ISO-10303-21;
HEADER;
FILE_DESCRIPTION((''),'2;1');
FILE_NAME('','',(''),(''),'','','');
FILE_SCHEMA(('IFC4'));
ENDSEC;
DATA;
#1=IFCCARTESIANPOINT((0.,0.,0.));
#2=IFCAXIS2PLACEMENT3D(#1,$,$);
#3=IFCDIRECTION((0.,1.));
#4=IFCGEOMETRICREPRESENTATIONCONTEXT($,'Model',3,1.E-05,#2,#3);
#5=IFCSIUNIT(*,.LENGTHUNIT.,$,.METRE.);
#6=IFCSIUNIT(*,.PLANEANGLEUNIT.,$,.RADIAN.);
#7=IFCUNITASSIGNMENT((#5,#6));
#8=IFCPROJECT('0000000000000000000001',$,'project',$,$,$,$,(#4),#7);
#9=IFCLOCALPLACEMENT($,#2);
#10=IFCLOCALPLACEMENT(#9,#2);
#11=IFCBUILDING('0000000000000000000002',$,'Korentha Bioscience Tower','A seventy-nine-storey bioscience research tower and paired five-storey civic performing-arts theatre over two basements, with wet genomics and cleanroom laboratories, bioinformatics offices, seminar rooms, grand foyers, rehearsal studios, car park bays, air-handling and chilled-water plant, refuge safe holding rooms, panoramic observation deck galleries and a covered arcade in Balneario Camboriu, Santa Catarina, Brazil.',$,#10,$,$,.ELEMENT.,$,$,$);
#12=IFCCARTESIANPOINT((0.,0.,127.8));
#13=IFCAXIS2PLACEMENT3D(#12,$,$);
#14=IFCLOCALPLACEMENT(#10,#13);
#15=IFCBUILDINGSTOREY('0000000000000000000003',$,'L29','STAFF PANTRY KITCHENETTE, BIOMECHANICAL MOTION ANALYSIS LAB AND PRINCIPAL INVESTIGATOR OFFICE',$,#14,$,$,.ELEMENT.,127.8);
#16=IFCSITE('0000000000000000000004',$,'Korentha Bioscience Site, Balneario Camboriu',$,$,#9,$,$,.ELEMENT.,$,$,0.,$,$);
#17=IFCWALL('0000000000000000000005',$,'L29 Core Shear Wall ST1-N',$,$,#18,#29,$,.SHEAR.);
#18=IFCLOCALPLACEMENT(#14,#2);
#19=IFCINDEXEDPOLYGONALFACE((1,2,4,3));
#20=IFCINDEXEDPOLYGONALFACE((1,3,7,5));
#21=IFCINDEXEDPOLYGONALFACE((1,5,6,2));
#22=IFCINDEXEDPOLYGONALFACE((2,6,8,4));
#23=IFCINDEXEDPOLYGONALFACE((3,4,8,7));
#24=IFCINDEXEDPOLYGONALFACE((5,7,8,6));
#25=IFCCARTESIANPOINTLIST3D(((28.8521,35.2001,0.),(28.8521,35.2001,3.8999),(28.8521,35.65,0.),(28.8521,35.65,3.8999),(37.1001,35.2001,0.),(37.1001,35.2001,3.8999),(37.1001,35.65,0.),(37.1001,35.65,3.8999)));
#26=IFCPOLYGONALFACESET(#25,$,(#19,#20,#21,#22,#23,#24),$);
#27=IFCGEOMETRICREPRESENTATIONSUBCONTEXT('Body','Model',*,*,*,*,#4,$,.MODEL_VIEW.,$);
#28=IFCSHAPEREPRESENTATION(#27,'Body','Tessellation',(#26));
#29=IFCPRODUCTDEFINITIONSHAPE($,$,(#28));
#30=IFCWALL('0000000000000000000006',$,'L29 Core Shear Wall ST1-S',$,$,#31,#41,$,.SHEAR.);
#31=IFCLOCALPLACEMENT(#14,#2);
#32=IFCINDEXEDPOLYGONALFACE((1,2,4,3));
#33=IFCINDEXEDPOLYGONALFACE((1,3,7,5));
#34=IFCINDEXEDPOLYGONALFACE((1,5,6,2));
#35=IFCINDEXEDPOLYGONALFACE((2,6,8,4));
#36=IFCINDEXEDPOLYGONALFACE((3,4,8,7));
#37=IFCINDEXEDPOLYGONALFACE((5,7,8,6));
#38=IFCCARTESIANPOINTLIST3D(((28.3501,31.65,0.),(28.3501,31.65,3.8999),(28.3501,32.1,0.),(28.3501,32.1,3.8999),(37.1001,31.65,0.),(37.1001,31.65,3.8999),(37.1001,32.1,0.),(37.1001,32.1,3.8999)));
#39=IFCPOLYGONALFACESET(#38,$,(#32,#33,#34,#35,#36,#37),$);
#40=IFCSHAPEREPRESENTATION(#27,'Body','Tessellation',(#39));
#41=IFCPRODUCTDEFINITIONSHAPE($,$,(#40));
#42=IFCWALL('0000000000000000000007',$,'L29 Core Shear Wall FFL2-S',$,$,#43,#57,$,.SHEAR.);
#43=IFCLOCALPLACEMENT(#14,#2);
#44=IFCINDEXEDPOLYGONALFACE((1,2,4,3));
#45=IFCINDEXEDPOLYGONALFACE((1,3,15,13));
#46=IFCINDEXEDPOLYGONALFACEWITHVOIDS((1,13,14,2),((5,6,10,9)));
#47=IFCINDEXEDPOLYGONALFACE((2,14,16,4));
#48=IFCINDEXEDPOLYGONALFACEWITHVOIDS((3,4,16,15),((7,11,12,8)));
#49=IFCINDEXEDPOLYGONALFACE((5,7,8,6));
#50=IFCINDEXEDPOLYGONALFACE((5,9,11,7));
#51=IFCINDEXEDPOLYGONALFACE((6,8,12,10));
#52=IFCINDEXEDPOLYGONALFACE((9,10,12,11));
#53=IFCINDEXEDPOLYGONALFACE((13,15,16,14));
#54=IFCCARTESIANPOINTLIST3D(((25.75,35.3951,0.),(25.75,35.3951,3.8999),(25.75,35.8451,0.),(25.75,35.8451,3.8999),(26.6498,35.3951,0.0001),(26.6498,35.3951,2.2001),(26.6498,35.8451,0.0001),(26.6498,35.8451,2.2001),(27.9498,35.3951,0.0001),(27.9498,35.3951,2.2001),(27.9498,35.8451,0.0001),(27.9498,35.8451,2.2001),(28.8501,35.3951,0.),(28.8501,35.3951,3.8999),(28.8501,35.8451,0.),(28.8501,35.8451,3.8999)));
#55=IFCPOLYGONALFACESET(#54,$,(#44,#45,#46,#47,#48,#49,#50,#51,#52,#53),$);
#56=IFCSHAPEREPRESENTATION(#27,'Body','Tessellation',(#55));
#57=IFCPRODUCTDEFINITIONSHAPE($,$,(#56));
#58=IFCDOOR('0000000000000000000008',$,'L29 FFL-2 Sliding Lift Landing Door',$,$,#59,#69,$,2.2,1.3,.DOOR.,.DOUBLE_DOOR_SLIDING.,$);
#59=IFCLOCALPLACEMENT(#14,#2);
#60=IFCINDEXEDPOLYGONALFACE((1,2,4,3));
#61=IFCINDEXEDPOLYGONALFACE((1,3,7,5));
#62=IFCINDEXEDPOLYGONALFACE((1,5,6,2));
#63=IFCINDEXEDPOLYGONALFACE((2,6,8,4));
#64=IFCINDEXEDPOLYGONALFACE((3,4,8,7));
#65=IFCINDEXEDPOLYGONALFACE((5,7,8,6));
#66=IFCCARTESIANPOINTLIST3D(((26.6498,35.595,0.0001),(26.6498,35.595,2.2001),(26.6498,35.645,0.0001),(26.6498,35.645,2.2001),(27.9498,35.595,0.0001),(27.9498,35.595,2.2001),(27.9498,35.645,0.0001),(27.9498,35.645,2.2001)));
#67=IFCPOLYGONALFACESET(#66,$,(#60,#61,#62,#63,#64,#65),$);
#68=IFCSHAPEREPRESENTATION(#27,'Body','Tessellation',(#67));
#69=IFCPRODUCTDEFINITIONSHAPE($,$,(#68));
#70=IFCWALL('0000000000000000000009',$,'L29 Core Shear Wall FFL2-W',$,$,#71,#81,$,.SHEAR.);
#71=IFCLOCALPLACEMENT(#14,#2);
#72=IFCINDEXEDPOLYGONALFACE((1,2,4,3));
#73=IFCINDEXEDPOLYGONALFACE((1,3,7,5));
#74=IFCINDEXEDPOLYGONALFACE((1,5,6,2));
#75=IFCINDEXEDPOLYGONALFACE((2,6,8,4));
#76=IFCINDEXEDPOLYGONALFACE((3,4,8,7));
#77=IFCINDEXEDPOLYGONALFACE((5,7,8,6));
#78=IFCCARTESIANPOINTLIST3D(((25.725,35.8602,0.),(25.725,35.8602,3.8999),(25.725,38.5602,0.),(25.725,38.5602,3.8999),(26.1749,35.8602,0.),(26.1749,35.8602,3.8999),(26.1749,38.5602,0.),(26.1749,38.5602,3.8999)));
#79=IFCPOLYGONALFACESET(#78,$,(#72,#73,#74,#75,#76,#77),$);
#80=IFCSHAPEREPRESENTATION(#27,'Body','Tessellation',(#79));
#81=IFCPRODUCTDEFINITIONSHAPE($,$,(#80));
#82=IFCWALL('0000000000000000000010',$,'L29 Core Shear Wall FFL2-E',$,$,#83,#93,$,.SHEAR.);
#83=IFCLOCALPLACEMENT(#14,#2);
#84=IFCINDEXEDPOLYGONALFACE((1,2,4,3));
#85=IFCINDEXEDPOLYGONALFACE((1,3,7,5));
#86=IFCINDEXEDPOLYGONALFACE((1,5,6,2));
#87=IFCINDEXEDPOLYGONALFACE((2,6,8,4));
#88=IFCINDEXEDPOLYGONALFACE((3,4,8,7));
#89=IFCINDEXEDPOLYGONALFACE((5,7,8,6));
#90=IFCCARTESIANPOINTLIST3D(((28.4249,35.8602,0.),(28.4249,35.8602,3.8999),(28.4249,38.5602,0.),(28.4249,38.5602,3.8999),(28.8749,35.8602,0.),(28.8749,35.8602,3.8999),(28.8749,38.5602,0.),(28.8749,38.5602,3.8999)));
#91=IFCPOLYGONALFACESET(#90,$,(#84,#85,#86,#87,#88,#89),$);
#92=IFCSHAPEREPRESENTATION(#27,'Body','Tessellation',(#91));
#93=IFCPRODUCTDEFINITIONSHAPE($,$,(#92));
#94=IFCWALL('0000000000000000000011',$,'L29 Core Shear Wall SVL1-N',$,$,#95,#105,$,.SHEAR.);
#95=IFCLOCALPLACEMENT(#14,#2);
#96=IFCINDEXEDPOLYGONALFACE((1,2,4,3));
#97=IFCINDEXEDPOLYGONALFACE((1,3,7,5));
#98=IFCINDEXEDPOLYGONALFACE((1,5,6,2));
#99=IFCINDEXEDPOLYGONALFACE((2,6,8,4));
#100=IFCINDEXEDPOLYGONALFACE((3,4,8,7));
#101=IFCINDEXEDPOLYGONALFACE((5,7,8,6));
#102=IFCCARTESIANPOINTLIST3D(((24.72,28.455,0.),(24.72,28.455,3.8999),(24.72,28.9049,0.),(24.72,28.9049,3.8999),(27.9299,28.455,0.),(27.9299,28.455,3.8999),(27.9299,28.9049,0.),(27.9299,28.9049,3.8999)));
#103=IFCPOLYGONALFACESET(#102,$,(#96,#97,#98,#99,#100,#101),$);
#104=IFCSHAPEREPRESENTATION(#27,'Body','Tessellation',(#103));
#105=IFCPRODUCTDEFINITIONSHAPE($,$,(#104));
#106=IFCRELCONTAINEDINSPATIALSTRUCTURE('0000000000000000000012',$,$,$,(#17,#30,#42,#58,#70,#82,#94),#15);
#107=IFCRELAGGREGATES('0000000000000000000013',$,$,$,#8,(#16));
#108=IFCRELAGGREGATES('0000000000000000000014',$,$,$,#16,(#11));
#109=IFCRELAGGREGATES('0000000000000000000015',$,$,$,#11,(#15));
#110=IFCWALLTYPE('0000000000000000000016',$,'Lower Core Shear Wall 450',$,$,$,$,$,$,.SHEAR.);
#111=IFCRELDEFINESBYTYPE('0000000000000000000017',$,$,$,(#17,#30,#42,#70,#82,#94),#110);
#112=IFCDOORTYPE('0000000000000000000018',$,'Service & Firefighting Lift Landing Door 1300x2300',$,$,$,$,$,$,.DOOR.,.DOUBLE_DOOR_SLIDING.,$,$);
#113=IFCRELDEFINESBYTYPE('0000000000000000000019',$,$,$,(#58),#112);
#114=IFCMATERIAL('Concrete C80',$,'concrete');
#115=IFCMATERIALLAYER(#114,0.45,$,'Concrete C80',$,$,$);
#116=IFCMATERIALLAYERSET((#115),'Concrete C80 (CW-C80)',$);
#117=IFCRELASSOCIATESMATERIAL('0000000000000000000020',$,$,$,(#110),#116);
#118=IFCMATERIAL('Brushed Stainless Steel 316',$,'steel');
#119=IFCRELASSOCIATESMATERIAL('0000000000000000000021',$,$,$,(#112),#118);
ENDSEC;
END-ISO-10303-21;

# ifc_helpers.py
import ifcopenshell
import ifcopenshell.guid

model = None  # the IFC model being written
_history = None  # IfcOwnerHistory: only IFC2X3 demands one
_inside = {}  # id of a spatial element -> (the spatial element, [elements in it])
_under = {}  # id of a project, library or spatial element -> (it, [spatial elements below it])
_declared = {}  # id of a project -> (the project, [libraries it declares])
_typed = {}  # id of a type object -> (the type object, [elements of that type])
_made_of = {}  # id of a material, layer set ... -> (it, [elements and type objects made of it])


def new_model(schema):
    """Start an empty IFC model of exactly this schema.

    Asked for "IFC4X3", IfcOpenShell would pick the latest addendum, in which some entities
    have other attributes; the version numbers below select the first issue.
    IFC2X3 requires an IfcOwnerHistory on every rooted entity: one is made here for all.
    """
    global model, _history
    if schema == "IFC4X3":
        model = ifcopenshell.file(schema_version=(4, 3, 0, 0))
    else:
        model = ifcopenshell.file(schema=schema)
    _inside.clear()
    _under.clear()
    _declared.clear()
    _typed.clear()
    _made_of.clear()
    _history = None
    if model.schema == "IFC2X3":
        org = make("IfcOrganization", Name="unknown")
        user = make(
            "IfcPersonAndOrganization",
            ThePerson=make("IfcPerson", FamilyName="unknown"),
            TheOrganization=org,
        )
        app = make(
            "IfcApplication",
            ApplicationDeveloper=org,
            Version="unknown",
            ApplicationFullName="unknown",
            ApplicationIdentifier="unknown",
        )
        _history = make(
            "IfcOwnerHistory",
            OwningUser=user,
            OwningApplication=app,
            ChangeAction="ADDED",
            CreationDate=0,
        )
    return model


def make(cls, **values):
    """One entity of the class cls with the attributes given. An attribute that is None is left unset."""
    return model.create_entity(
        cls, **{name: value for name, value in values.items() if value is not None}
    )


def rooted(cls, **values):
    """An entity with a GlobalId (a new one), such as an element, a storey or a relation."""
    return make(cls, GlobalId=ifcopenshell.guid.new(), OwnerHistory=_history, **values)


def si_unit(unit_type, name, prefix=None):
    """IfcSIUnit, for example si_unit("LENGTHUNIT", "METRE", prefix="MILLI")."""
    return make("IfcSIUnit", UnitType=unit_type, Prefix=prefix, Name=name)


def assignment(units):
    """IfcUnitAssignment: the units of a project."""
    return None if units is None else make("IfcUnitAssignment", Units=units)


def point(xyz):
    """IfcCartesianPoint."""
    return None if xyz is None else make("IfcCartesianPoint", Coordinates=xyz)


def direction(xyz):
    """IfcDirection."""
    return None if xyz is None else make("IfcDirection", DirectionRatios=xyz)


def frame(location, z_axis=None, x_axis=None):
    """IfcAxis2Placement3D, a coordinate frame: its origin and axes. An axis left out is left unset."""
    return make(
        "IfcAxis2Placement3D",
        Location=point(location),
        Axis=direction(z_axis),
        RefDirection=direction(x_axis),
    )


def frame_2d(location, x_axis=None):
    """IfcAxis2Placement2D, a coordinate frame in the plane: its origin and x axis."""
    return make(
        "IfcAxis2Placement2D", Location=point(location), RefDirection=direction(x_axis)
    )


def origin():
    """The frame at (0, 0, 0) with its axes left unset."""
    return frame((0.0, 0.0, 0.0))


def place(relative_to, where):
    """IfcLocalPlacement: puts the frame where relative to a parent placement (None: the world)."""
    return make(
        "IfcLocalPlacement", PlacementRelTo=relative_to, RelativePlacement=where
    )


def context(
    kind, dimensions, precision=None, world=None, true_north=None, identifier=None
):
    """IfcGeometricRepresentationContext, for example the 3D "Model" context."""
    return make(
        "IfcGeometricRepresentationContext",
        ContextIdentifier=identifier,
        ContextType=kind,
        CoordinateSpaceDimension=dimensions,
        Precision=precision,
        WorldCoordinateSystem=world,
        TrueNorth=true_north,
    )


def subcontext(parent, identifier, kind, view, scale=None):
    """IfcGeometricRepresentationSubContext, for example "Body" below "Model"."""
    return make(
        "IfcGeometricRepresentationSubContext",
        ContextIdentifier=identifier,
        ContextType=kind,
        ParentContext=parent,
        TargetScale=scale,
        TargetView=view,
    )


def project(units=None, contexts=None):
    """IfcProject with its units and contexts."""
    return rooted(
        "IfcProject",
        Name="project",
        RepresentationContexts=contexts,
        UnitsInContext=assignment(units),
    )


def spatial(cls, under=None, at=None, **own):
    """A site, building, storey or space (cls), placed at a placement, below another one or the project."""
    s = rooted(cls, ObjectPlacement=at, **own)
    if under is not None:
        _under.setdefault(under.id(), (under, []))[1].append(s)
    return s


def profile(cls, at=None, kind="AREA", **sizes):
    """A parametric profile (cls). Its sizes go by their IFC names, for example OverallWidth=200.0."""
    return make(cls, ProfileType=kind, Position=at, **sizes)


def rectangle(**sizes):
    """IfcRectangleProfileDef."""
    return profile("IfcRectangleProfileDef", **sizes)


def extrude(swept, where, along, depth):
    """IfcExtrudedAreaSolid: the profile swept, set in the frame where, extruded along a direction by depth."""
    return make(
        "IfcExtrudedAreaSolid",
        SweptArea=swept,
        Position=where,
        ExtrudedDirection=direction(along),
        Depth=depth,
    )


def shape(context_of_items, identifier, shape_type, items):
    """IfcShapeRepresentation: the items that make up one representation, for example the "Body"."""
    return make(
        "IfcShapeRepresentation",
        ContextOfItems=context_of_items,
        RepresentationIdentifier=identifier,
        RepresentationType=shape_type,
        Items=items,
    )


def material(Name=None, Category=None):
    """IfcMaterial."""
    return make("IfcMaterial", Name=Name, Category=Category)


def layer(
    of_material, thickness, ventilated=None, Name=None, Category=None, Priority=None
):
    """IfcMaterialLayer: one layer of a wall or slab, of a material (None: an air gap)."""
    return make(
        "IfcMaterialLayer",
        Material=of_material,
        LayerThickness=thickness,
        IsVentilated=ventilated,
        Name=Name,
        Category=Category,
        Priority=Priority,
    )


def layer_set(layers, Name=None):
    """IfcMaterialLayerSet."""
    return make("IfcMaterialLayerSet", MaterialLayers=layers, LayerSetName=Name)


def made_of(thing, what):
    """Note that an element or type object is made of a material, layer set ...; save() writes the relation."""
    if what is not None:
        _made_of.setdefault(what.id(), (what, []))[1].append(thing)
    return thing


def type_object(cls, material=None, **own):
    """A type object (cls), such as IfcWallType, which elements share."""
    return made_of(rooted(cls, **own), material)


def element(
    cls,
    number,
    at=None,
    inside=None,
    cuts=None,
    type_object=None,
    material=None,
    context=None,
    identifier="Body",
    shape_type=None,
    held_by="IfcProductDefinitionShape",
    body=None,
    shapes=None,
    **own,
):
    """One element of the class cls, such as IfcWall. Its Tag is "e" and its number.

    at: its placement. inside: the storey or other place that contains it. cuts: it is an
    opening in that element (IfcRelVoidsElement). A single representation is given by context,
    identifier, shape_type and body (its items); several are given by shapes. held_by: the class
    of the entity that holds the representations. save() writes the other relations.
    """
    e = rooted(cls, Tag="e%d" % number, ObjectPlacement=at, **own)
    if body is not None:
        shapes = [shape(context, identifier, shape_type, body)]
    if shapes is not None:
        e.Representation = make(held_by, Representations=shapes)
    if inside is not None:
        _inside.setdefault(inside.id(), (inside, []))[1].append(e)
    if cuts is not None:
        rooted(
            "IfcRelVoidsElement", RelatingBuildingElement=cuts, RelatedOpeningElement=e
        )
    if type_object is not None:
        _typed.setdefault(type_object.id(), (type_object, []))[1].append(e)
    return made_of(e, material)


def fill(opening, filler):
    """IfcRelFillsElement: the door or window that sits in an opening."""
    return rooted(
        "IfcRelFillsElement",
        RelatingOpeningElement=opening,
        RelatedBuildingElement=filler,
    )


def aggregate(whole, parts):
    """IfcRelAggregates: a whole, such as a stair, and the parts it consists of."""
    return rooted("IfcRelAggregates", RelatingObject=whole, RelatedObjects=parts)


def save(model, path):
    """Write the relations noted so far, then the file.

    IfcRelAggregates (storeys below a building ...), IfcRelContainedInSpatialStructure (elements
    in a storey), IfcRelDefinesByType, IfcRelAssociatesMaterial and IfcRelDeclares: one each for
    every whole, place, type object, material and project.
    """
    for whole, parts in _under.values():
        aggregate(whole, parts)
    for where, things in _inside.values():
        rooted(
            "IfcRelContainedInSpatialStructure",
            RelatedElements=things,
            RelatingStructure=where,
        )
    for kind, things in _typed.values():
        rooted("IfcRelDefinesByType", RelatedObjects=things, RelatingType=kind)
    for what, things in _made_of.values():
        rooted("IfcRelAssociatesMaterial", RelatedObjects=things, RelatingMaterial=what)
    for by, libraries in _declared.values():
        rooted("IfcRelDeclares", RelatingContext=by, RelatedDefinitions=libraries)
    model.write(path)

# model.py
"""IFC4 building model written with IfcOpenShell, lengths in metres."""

from ifc_helpers import new_model, si_unit, direction, frame, frame_2d, origin, place, context, subcontext, project, spatial, rectangle, extrude, material, layer, layer_set, type_object, element, fill, save


model = new_model("IFC4")

# Units and contexts
model_context = context("Model", 3, precision=1e-05, world=origin(), true_north=direction((0.0, 1.0)))
body_context = subcontext(model_context, "Body", "Model", "MODEL_VIEW")
ifc_project = project(units=[si_unit("LENGTHUNIT", "METRE"), si_unit("PLANEANGLEUNIT", "RADIAN")], contexts=[model_context])

# Site, building, storey
site_placement = place(None, origin())
site = spatial("IfcSite", under=ifc_project, at=site_placement, Name="Korentha Bioscience Site, Balneario Camboriu", CompositionType="ELEMENT", RefElevation=0.0)
building_placement = place(site_placement, origin())
building = spatial("IfcBuilding", under=site, at=building_placement, Name="Korentha Bioscience Tower", Description="A seventy-nine-storey bioscience research tower and paired five-storey civic performing-arts theatre over two basements, with wet genomics and cleanroom laboratories, bioinformatics offices, seminar rooms, grand foyers, rehearsal studios, car park bays, air-handling and chilled-water plant, refuge safe holding rooms, panoramic observation deck galleries and a covered arcade in Balneario Camboriu, Santa Catarina, Brazil.", CompositionType="ELEMENT")
storey_placement = place(building_placement, frame((0.0, 0.0, 127.8)))
storey = spatial("IfcBuildingStorey", under=building, at=storey_placement, Name="L29", Description="STAFF PANTRY KITCHENETTE, BIOMECHANICAL MOTION ANALYSIS LAB AND PRINCIPAL INVESTIGATOR OFFICE", CompositionType="ELEMENT", Elevation=127.8)

# Shared definitions
ifc_material_1 = material(Name="Concrete C80", Category="concrete")

# Walls
ifc_layer_1 = layer(ifc_material_1, 0.45, Name="Concrete C80")
ifc_layer_set_1 = layer_set([ifc_layer_1], Name="Concrete C80 (CW-C80)")
wall_type_1 = type_object("IfcWallType", Name="Lower Core Shear Wall 450", PredefinedType="SHEAR", material=ifc_layer_set_1)
wall_1_placement = place(storey_placement, frame((28.8521, 35.425, 0.0), z_axis=(0.0, 0.0, 1.0), x_axis=(1.0, 0.0, 0.0)))
element("IfcWall", 1, at=wall_1_placement, inside=storey, type_object=wall_type_1, Name="L29 Core Shear Wall ST1-N", PredefinedType="SHEAR", context=body_context, shape_type="SweptSolid", body=[
    extrude(rectangle(XDim=8.248, YDim=0.45, at=frame_2d((4.124, 0.0))), origin(), (0.0, 0.0, 1.0), 3.8999),
])
wall_2_placement = place(storey_placement, frame((28.3501, 31.875, 0.0), z_axis=(0.0, 0.0, 1.0), x_axis=(1.0, 0.0, 0.0)))
element("IfcWall", 2, at=wall_2_placement, inside=storey, type_object=wall_type_1, Name="L29 Core Shear Wall ST1-S", PredefinedType="SHEAR", context=body_context, shape_type="SweptSolid", body=[
    extrude(rectangle(XDim=8.75, YDim=0.45, at=frame_2d((4.375, 0.0))), origin(), (0.0, 0.0, 1.0), 3.8999),
])

# Wall, opening, door
wall_3_placement = place(storey_placement, frame((25.75, 35.6201, 0.0), z_axis=(0.0, 0.0, 1.0), x_axis=(1.0, 0.0, 0.0)))
wall_3 = element("IfcWall", 3, at=wall_3_placement, inside=storey, type_object=wall_type_1, Name="L29 Core Shear Wall FFL2-S", PredefinedType="SHEAR", context=body_context, shape_type="SweptSolid", body=[
    extrude(rectangle(XDim=3.1001, YDim=0.45, at=frame_2d((1.55, 0.0))), origin(), (0.0, 0.0, 1.0), 3.8999),
])
opening_1_placement = place(wall_3_placement, frame((0.8999, 0.0, 0.0)))
opening_1 = element("IfcOpeningElement", 4, at=opening_1_placement, cuts=wall_3, PredefinedType="OPENING", context=body_context, shape_type="SweptSolid", body=[
    extrude(rectangle(XDim=1.3, YDim=2.2, at=frame_2d((0.6499, 1.1001))), frame((0.0, 0.2397, 0.0), z_axis=(0.0, -1.0, 0.0), x_axis=(1.0, 0.0, 0.0)), (0.0, 0.0, 1.0), 0.4797),
])
ifc_material_2 = material(Name="Brushed Stainless Steel 316", Category="steel")
door_type_1 = type_object("IfcDoorType", Name="Service & Firefighting Lift Landing Door 1300x2300", OperationType="DOUBLE_DOOR_SLIDING", PredefinedType="DOOR", material=ifc_material_2)
door_1_placement = place(opening_1_placement, origin())
door_1 = element("IfcDoor", 5, at=door_1_placement, inside=storey, type_object=door_type_1, Name="L29 FFL-2 Sliding Lift Landing Door", OperationType="DOUBLE_DOOR_SLIDING", OverallHeight=2.2, OverallWidth=1.3, PredefinedType="DOOR", context=body_context, shape_type="SweptSolid", body=[
    extrude(rectangle(XDim=1.3, YDim=2.2, at=frame_2d((0.6499, 1.1001))), frame((0.0, 0.0249, 0.0), z_axis=(0.0, -1.0, 0.0), x_axis=(1.0, 0.0, 0.0)), (0.0, 0.0, 1.0), 0.05),
])
fill(opening_1, door_1)

# Walls
for number, where, z_axis, x_axis, name in (
    (6, (25.95, 35.8601, 0.0), (0.0, 0.0, 1.0), (0.0, 1.0, 0.0), "L29 Core Shear Wall FFL2-W"),
    (7, (28.6499, 35.8601, 0.0), (0.0, 0.0, 1.0), (0.0, 1.0, 0.0), "L29 Core Shear Wall FFL2-E"),
):
    element("IfcWall", number, at=place(storey_placement, frame(where, z_axis=z_axis, x_axis=x_axis)), inside=storey, type_object=wall_type_1, Name=name, PredefinedType="SHEAR", context=body_context, shape_type="SweptSolid", body=[
        extrude(rectangle(XDim=2.7, YDim=0.45, at=frame_2d((1.3501, 0.0))), origin(), (0.0, 0.0, 1.0), 3.8999),
    ])
wall_4_placement = place(storey_placement, frame((24.72, 28.6799, 0.0), z_axis=(0.0, 0.0, 1.0), x_axis=(1.0, 0.0, 0.0)))
element("IfcWall", 8, at=wall_4_placement, inside=storey, type_object=wall_type_1, Name="L29 Core Shear Wall SVL1-N", PredefinedType="SHEAR", context=body_context, shape_type="SweptSolid", body=[
    extrude(rectangle(XDim=3.21, YDim=0.45, at=frame_2d((1.605, 0.0))), origin(), (0.0, 0.0, 1.0), 3.8999),
])

save(model, "model.ifc")
